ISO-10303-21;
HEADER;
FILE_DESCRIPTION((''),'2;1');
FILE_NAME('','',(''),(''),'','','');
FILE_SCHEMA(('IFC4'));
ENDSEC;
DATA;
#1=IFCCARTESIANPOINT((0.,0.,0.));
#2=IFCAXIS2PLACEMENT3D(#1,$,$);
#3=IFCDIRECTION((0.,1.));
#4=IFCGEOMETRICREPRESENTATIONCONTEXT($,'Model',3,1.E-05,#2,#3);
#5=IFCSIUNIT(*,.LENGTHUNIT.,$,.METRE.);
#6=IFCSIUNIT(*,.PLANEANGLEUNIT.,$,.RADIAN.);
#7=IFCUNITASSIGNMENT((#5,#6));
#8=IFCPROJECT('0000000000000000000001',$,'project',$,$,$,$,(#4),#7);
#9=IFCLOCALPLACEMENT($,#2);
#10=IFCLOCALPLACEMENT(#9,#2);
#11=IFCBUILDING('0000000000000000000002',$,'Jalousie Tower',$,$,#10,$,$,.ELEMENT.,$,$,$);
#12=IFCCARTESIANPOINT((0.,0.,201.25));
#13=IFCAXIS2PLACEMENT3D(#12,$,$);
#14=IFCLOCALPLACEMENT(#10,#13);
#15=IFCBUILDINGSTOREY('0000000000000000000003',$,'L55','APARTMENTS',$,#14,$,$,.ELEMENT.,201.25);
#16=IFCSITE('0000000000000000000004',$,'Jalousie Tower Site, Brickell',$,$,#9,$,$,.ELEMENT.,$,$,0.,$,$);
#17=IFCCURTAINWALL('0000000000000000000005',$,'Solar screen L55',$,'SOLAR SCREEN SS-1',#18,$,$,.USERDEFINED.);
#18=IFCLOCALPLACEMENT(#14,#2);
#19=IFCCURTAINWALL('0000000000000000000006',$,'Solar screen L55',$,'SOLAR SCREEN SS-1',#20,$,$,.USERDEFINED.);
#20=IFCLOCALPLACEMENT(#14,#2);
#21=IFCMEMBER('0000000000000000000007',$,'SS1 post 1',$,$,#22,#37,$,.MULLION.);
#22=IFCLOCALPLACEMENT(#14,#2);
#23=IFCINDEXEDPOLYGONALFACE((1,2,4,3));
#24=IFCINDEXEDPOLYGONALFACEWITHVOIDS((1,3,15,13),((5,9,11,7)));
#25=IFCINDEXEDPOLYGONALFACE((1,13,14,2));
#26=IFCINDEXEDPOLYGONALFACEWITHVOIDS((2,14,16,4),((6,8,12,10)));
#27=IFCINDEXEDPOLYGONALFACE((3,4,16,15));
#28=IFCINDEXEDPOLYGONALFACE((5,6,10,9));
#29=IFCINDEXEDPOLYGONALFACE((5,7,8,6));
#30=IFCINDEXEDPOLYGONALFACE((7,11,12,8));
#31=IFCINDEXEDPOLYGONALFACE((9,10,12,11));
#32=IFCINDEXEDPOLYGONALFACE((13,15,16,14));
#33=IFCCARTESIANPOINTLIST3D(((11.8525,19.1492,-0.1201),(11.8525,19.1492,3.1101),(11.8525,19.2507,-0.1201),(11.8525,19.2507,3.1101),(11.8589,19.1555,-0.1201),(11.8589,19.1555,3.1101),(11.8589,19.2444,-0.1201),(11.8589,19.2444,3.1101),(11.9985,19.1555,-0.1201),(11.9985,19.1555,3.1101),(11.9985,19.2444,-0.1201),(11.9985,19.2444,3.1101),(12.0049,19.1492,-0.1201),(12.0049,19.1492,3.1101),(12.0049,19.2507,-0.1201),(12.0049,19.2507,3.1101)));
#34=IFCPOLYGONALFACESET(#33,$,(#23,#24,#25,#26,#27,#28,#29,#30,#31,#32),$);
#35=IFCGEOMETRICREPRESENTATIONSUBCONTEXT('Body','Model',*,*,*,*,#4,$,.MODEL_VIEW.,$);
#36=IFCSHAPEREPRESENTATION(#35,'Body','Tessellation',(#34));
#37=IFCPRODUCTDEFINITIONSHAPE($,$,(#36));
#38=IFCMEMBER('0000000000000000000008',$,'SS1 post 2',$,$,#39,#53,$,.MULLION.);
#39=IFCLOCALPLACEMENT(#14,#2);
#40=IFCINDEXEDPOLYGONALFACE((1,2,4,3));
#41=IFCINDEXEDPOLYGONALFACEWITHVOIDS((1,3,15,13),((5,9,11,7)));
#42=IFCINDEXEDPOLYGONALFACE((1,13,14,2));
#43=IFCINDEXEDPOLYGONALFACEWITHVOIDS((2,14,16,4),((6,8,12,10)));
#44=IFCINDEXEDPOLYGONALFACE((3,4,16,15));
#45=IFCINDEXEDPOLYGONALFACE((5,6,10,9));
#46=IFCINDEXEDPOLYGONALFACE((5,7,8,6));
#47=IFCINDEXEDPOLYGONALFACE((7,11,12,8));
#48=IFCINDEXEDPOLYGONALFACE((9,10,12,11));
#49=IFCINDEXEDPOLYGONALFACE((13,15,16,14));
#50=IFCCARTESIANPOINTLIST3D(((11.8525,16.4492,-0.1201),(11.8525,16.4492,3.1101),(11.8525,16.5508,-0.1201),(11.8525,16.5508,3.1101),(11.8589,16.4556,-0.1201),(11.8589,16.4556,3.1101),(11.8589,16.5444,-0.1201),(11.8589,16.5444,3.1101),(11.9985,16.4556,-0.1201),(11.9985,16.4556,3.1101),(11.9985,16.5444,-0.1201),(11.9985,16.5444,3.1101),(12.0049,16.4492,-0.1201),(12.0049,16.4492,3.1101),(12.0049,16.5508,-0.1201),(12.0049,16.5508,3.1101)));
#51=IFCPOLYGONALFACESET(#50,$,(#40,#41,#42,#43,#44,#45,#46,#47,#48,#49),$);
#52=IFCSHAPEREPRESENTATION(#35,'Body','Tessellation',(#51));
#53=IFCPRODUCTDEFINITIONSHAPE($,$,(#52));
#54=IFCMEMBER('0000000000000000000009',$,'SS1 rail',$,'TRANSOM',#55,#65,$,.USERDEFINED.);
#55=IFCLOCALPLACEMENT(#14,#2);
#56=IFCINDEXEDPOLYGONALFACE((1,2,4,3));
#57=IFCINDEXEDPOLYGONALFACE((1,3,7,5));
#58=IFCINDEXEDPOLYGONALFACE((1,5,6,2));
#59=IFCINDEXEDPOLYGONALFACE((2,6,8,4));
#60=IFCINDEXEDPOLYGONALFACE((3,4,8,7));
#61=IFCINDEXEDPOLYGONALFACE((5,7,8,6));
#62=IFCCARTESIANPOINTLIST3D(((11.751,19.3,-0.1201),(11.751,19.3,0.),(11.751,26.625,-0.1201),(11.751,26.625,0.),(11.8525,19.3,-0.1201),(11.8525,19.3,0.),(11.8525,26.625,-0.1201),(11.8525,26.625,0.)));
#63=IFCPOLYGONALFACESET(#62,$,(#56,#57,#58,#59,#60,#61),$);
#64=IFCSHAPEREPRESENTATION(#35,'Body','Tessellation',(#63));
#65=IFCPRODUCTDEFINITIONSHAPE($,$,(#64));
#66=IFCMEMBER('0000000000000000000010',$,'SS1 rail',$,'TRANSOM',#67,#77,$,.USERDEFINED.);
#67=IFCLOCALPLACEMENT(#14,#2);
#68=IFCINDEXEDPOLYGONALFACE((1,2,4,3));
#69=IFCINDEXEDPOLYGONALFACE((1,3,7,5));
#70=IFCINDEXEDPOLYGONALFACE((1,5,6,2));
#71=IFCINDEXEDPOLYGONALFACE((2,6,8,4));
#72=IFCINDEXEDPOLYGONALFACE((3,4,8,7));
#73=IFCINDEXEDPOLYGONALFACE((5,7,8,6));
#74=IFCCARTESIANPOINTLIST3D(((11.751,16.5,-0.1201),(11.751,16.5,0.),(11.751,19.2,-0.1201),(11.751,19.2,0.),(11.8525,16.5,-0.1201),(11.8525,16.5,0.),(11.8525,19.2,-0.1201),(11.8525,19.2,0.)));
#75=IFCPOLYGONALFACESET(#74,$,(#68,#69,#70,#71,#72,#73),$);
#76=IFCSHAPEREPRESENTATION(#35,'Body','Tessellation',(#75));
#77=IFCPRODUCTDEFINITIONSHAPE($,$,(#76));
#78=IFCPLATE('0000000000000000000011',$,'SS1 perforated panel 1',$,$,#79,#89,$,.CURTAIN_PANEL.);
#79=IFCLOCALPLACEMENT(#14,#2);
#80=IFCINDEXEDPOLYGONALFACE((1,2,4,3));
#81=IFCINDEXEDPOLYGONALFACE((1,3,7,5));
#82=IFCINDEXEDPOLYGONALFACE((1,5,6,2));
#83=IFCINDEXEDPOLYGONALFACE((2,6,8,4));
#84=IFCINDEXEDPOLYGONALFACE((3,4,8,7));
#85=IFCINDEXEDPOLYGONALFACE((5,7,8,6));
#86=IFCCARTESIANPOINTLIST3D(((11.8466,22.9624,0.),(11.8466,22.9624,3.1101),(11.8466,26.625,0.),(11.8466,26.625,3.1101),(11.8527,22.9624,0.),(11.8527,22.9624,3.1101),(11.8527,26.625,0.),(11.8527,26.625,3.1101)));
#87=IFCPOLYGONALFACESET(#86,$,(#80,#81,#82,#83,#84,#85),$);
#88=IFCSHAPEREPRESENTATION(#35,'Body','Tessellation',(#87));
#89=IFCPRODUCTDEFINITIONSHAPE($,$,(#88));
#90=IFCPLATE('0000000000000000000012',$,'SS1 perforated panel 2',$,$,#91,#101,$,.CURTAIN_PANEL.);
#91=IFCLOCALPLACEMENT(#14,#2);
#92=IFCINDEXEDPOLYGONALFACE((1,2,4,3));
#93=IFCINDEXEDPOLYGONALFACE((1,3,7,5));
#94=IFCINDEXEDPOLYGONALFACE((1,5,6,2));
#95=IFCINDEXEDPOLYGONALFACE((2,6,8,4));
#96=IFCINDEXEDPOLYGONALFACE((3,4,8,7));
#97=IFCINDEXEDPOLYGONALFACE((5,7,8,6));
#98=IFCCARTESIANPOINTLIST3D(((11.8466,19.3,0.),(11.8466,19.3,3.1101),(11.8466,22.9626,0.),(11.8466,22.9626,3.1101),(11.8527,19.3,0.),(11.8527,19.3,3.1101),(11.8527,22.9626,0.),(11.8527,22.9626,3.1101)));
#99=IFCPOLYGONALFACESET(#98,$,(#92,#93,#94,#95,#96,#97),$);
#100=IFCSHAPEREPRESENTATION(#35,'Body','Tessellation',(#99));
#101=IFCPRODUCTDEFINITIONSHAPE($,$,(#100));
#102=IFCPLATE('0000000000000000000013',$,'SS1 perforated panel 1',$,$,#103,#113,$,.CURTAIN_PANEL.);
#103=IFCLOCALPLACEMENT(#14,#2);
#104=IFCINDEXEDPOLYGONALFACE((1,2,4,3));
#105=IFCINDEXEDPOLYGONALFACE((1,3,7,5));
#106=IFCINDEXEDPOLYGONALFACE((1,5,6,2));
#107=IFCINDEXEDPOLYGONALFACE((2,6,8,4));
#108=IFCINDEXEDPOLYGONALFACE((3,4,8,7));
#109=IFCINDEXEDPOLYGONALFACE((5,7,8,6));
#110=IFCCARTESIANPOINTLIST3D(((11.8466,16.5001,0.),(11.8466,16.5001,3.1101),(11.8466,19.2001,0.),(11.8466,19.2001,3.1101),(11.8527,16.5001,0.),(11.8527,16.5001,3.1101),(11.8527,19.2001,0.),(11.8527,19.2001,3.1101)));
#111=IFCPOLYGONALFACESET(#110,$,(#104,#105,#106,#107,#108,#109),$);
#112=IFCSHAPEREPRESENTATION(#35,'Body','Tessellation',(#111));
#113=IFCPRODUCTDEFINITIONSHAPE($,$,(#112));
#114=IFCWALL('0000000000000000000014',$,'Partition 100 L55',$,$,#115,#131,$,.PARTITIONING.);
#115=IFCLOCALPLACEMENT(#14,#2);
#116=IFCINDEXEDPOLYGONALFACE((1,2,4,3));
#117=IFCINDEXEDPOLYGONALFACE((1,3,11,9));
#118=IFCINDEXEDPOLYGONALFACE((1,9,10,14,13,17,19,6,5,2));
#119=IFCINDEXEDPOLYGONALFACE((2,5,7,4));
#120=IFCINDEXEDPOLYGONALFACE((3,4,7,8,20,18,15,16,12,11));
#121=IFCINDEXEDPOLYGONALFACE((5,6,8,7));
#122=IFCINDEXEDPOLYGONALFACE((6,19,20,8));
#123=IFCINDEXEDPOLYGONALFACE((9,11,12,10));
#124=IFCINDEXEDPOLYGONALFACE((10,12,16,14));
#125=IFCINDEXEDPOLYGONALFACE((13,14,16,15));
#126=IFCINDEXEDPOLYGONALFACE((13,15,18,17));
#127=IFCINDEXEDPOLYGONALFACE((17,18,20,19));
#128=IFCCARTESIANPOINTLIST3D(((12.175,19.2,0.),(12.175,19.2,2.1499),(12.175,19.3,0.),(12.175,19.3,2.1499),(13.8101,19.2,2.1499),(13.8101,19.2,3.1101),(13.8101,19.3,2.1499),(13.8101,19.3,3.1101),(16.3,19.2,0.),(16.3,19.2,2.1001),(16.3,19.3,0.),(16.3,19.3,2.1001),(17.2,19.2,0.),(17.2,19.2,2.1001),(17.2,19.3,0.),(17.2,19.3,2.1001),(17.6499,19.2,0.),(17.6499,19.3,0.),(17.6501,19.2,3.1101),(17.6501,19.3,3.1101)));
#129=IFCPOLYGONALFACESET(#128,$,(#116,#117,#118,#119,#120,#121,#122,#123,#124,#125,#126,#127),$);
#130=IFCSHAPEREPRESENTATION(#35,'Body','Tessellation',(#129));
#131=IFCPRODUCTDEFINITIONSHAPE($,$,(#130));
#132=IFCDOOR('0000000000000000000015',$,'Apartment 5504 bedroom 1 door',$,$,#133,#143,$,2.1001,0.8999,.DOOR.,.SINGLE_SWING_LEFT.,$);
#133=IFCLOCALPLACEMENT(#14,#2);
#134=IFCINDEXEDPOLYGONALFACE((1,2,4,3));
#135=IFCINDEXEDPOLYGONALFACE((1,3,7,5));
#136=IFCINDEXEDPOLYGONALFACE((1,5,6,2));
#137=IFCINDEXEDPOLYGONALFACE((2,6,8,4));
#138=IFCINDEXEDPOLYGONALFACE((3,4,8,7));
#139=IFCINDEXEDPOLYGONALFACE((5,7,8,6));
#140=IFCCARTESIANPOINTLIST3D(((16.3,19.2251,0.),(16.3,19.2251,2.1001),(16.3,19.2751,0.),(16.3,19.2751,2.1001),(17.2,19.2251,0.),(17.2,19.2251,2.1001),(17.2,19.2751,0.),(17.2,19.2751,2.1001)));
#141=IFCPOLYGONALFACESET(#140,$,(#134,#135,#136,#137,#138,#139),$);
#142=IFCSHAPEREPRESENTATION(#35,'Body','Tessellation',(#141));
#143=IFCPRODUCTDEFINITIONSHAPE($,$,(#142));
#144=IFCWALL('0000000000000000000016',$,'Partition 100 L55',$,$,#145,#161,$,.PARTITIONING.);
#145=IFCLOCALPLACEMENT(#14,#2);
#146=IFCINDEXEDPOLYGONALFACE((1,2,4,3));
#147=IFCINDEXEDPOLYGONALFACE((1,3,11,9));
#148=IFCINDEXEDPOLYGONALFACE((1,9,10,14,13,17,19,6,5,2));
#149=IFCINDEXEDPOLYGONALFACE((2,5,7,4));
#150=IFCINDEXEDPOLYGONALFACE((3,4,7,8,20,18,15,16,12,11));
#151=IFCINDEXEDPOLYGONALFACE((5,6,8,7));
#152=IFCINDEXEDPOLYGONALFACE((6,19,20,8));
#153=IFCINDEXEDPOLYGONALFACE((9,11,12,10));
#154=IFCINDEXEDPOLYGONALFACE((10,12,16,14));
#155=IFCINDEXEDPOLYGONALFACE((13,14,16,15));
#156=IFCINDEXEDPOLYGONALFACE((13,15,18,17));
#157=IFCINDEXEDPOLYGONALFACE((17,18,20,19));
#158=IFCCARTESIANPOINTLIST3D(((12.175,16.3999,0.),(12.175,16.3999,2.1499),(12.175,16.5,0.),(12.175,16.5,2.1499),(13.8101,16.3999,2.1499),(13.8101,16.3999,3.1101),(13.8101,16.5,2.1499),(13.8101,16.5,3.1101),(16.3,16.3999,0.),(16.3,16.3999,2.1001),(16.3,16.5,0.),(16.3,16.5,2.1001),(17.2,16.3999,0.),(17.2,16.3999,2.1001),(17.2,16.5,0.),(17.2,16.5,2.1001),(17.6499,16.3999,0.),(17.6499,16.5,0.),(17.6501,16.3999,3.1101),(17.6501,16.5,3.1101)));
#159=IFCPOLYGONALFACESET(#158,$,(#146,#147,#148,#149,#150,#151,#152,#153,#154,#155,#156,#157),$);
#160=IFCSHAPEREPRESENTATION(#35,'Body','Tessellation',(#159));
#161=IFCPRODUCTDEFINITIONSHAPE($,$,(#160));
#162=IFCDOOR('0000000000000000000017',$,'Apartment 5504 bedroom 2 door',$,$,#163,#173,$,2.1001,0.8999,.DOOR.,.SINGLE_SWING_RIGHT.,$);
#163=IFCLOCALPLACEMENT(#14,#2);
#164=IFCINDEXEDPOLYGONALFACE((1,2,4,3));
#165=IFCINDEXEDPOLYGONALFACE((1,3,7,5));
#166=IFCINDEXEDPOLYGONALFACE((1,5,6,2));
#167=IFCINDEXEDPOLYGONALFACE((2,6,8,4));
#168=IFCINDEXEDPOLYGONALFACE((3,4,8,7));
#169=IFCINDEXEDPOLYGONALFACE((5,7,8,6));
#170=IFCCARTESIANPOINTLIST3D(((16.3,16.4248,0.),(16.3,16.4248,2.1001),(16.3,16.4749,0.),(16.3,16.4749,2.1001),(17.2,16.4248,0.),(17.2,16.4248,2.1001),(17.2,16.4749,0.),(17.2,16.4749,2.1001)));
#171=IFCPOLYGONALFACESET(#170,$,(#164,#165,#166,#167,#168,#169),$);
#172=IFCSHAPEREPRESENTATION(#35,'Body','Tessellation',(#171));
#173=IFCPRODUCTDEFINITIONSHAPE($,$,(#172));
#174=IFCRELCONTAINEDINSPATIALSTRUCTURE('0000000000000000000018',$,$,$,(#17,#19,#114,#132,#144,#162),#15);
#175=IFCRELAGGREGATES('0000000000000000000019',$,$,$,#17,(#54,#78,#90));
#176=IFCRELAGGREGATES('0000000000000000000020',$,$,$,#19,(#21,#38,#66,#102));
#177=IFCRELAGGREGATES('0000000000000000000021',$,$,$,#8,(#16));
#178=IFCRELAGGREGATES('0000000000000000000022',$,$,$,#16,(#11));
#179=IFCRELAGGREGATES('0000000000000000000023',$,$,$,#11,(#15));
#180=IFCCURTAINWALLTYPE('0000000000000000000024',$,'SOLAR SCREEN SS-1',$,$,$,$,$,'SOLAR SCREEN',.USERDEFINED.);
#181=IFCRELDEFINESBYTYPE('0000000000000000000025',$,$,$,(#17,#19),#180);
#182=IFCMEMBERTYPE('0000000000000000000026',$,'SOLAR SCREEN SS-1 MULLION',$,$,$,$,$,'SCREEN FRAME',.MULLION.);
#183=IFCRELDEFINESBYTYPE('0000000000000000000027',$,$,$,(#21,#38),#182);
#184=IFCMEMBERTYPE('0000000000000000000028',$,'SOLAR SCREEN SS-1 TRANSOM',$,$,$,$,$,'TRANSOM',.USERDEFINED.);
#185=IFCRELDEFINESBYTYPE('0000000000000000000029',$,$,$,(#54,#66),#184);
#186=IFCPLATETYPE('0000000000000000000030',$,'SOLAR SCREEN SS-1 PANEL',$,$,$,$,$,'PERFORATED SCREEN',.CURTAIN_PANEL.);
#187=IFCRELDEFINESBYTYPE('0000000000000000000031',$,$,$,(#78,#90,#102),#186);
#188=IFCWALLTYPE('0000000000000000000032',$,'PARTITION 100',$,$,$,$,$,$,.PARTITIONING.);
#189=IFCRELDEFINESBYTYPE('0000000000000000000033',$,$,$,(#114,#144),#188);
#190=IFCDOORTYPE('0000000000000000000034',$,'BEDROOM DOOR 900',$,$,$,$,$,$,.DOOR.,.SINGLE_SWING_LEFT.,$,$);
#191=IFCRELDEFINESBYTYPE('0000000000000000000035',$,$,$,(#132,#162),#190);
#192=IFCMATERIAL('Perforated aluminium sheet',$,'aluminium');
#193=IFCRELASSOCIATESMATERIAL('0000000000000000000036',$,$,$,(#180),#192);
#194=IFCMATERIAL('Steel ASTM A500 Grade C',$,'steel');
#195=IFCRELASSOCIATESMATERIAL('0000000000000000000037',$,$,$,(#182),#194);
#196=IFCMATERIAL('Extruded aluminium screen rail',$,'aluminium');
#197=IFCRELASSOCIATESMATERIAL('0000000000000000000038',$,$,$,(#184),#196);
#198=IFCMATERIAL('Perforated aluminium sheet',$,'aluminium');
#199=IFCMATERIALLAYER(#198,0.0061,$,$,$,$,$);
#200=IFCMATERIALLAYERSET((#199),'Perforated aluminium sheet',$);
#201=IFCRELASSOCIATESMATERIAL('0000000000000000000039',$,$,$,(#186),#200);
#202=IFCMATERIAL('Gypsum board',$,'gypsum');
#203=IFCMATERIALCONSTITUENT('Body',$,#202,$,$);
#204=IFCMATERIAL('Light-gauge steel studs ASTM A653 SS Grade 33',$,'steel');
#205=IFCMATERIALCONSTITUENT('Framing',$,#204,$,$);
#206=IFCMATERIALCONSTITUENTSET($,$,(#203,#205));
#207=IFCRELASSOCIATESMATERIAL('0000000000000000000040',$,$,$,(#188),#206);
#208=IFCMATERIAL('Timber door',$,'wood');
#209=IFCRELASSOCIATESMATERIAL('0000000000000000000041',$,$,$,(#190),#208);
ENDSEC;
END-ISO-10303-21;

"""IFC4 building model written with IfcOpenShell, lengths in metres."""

from ifc_helpers import new_model, si_unit, direction, frame, frame_2d, origin, origin_2d, place, context, subcontext, project, spatial, polyline, rectangle, hollow_rectangle, outline, extrude, material, layer, layer_set, constituent, constituent_set, material_profile, profile_set, type_object, element, fill, aggregate, save


model = new_model("IFC4")

# Units and contexts
model_context = context("Model", 3, precision=1e-05, world=origin(), true_north=direction((0.0, 1.0)))
body_context = subcontext(model_context, "Body", "Model", "MODEL_VIEW")
ifc_project = project(units=[si_unit("LENGTHUNIT", "METRE"), si_unit("PLANEANGLEUNIT", "RADIAN")], contexts=[model_context])

# Site, building, storey
site_placement = place(None, origin())
site = spatial("IfcSite", under=ifc_project, at=site_placement, Name="Jalousie Tower Site, Brickell", CompositionType="ELEMENT", RefElevation=0.0)
building_placement = place(site_placement, origin())
building = spatial("IfcBuilding", under=site, at=building_placement, Name="Jalousie Tower", CompositionType="ELEMENT")
storey_placement = place(building_placement, frame((0.0, 0.0, 201.25)))
storey = spatial("IfcBuildingStorey", under=building, at=storey_placement, Name="L55", Description="APARTMENTS", CompositionType="ELEMENT", Elevation=201.25)

# Curtain walls, members
ifc_material_1 = material(Name="Perforated aluminium sheet", Category="aluminium")
curtain_wall_type = type_object("IfcCurtainWallType", Name="SOLAR SCREEN SS-1", ElementType="SOLAR SCREEN", PredefinedType="USERDEFINED", material=ifc_material_1)
curtain_wall_1_placement = place(storey_placement, origin())
curtain_wall_1 = element("IfcCurtainWall", 1, at=curtain_wall_1_placement, inside=storey, type_object=curtain_wall_type, Name="Solar screen L55", ObjectType="SOLAR SCREEN SS-1", PredefinedType="USERDEFINED")
ifc_material_2 = material(Name="Steel ASTM A500 Grade C", Category="steel")
ifc_material_profile_1 = material_profile(ifc_material_2, hollow_rectangle(XDim=0.1016, YDim=0.1523, WallThickness=0.0063, at=origin_2d()), Name="HSS6X4X1/4")
ifc_profile_set_1 = profile_set([ifc_material_profile_1], Name="Steel ASTM A500 Grade C")
member_type_1 = type_object("IfcMemberType", Name="SOLAR SCREEN SS-1 MULLION", ElementType="SCREEN FRAME", PredefinedType="MULLION", material=ifc_profile_set_1)
curtain_wall_2_placement = place(storey_placement, origin())
curtain_wall_2 = element("IfcCurtainWall", 2, at=curtain_wall_2_placement, inside=storey, type_object=curtain_wall_type, Name="Solar screen L55", ObjectType="SOLAR SCREEN SS-1", PredefinedType="USERDEFINED")
member_1_placement = place(storey_placement, frame((11.9287, 19.2, -0.1201), z_axis=(0.0, 0.0, 1.0), x_axis=(0.0, -1.0, 0.0)))
member_1 = element("IfcMember", 3, at=member_1_placement, type_object=member_type_1, Name="SS1 post 1", PredefinedType="MULLION", context=body_context, shape_type="SweptSolid", body=[
    extrude(hollow_rectangle(XDim=0.1016, YDim=0.1523, WallThickness=0.0063, at=origin_2d()), origin(), (0.0, 0.0, 1.0), 3.2302),
])
member_2_placement = place(storey_placement, frame((11.9287, 16.5, -0.1201), z_axis=(0.0, 0.0, 1.0), x_axis=(0.0, -1.0, 0.0)))
member_2 = element("IfcMember", 4, at=member_2_placement, type_object=member_type_1, Name="SS1 post 2", PredefinedType="MULLION", context=body_context, shape_type="SweptSolid", body=[
    extrude(hollow_rectangle(XDim=0.1016, YDim=0.1523, WallThickness=0.0063, at=origin_2d()), origin(), (0.0, 0.0, 1.0), 3.2302),
])

# Members
ifc_material_3 = material(Name="Extruded aluminium screen rail", Category="aluminium")
ifc_material_profile_2 = material_profile(ifc_material_3, rectangle(XDim=0.1016, YDim=0.1201, at=origin_2d()), Name="RAIL 102x120")
ifc_profile_set_2 = profile_set([ifc_material_profile_2], Name="Extruded aluminium screen rail")
member_type_2 = type_object("IfcMemberType", Name="SOLAR SCREEN SS-1 TRANSOM", ElementType="TRANSOM", PredefinedType="USERDEFINED", material=ifc_profile_set_2)
member_3_placement = place(storey_placement, frame((11.8018, 26.625, -0.0601), z_axis=(0.0, -1.0, 0.0), x_axis=(1.0, 0.0, 0.0)))
member_3 = element("IfcMember", 5, at=member_3_placement, type_object=member_type_2, Name="SS1 rail", ObjectType="TRANSOM", PredefinedType="USERDEFINED", context=body_context, shape_type="SweptSolid", body=[
    extrude(rectangle(XDim=0.1016, YDim=0.1201, at=origin_2d()), origin(), (0.0, 0.0, 1.0), 7.325),
])
member_4_placement = place(storey_placement, frame((11.8018, 19.2, -0.0601), z_axis=(0.0, -1.0, 0.0), x_axis=(1.0, 0.0, 0.0)))
member_4 = element("IfcMember", 6, at=member_4_placement, type_object=member_type_2, Name="SS1 rail", ObjectType="TRANSOM", PredefinedType="USERDEFINED", context=body_context, shape_type="SweptSolid", body=[
    extrude(rectangle(XDim=0.1016, YDim=0.1201, at=origin_2d()), origin(), (0.0, 0.0, 1.0), 2.7),
])

# Plates
ifc_material_4 = material(Name="Perforated aluminium sheet", Category="aluminium")
ifc_layer = layer(ifc_material_4, 0.0061)
ifc_layer_set = layer_set([ifc_layer], Name="Perforated aluminium sheet")
plate_type = type_object("IfcPlateType", Name="SOLAR SCREEN SS-1 PANEL", ElementType="PERFORATED SCREEN", PredefinedType="CURTAIN_PANEL", material=ifc_layer_set)
plate_1_placement = place(storey_placement, frame((11.8496, 24.7937, 0.0), z_axis=(0.0, 0.0, 1.0), x_axis=(0.0, -1.0, 0.0)))
plate_1 = element("IfcPlate", 7, at=plate_1_placement, type_object=plate_type, Name="SS1 perforated panel 1", PredefinedType="CURTAIN_PANEL", context=body_context, shape_type="SweptSolid", body=[
    extrude(rectangle(XDim=3.6626, YDim=0.0061, at=origin_2d()), origin(), (0.0, 0.0, 1.0), 3.1101),
])
plate_2_placement = place(storey_placement, frame((11.8496, 21.1313, 0.0), z_axis=(0.0, 0.0, 1.0), x_axis=(0.0, -1.0, 0.0)))
plate_2 = element("IfcPlate", 8, at=plate_2_placement, type_object=plate_type, Name="SS1 perforated panel 2", PredefinedType="CURTAIN_PANEL", context=body_context, shape_type="SweptSolid", body=[
    extrude(rectangle(XDim=3.6626, YDim=0.0061, at=origin_2d()), origin(), (0.0, 0.0, 1.0), 3.1101),
])
aggregate(curtain_wall_1, [member_3, plate_1, plate_2])
plate_3_placement = place(storey_placement, frame((11.8496, 17.8501, 0.0), z_axis=(0.0, 0.0, 1.0), x_axis=(0.0, -1.0, 0.0)))
plate_3 = element("IfcPlate", 9, at=plate_3_placement, type_object=plate_type, Name="SS1 perforated panel 1", PredefinedType="CURTAIN_PANEL", context=body_context, shape_type="SweptSolid", body=[
    extrude(rectangle(XDim=2.7, YDim=0.0061, at=origin_2d()), origin(), (0.0, 0.0, 1.0), 3.1101),
])
aggregate(curtain_wall_2, [member_1, member_2, member_4, plate_3])

# Walls, openings, doors
ifc_material_5 = material(Name="Gypsum board", Category="gypsum")
ifc_constituent_1 = constituent(ifc_material_5, Name="Body")
ifc_material_6 = material(Name="Light-gauge steel studs ASTM A653 SS Grade 33", Category="steel")
ifc_constituent_2 = constituent(ifc_material_6, Name="Framing")
ifc_constituent_set_1 = constituent_set(constituents=[ifc_constituent_1, ifc_constituent_2])
wall_type_1 = type_object("IfcWallType", Name="PARTITION 100", PredefinedType="PARTITIONING", material=ifc_constituent_set_1)
wall_1_placement = place(storey_placement, frame((12.175, 19.25, 0.0), z_axis=(0.0, 0.0, 1.0), x_axis=(1.0, 0.0, 0.0)))
wall_1 = element("IfcWall", 10, at=wall_1_placement, inside=storey, type_object=wall_type_1, Name="Partition 100 L55", PredefinedType="PARTITIONING", context=body_context, shape_type="SweptSolid", body=[
    extrude(outline(polyline([(0.0, 0.0), (5.4749, 0.0), (5.4751, 3.1101), (1.635, 3.1101), (1.635, 2.1499), (0.0, 2.1499), (0.0, 3.1101), (0.0, 0.0)])), frame((0.0, 0.05, 0.0), z_axis=(0.0, -1.0, 0.0), x_axis=(1.0, 0.0, 0.0)), (0.0, 0.0, 1.0), 0.1001),
])
opening_1_placement = place(wall_1_placement, frame((4.125, 0.0, 0.0)))
opening_1 = element("IfcOpeningElement", 11, at=opening_1_placement, cuts=wall_1, PredefinedType="OPENING", context=body_context, shape_type="SweptSolid", body=[
    extrude(rectangle(XDim=0.8999, YDim=2.1001, at=frame_2d((0.45, 1.05))), frame((0.0, 0.0601, 0.0), z_axis=(0.0, -1.0, 0.0), x_axis=(1.0, 0.0, 0.0)), (0.0, 0.0, 1.0), 0.1201),
])
ifc_material_7 = material(Name="Timber door", Category="wood")
door_type = type_object("IfcDoorType", Name="BEDROOM DOOR 900", OperationType="SINGLE_SWING_LEFT", PredefinedType="DOOR", material=ifc_material_7)
door_1_placement = place(opening_1_placement, frame((0.8999, 0.0, 0.0), z_axis=(0.0, 0.0, 1.0), x_axis=(-1.0, 0.0, 0.0)))
door_1 = element("IfcDoor", 12, at=door_1_placement, inside=storey, type_object=door_type, Name="Apartment 5504 bedroom 1 door", OperationType="SINGLE_SWING_LEFT", OverallHeight=2.1001, OverallWidth=0.8999, PredefinedType="DOOR", context=body_context, shape_type="SweptSolid", body=[
    extrude(rectangle(XDim=0.8999, YDim=2.1001, at=frame_2d((0.45, 1.05))), frame((0.0, 0.0249, 0.0), z_axis=(0.0, -1.0, 0.0), x_axis=(1.0, 0.0, 0.0)), (0.0, 0.0, 1.0), 0.05),
])
fill(opening_1, door_1)
wall_2_placement = place(storey_placement, frame((12.175, 16.45, 0.0), z_axis=(0.0, 0.0, 1.0), x_axis=(1.0, 0.0, 0.0)))
wall_2 = element("IfcWall", 13, at=wall_2_placement, inside=storey, type_object=wall_type_1, Name="Partition 100 L55", PredefinedType="PARTITIONING", context=body_context, shape_type="SweptSolid", body=[
    extrude(outline(polyline([(0.0, 0.0), (5.4749, 0.0), (5.4751, 3.1101), (1.635, 3.1101), (1.635, 2.1499), (0.0, 2.1499), (0.0, 3.1101), (0.0, 0.0)])), frame((0.0, 0.05, 0.0), z_axis=(0.0, -1.0, 0.0), x_axis=(1.0, 0.0, 0.0)), (0.0, 0.0, 1.0), 0.1001),
])
opening_2_placement = place(wall_2_placement, frame((4.125, 0.0, 0.0)))
opening_2 = element("IfcOpeningElement", 14, at=opening_2_placement, cuts=wall_2, PredefinedType="OPENING", context=body_context, shape_type="SweptSolid", body=[
    extrude(rectangle(XDim=0.8999, YDim=2.1001, at=frame_2d((0.45, 1.05))), frame((0.0, 0.0601, 0.0), z_axis=(0.0, -1.0, 0.0), x_axis=(1.0, 0.0, 0.0)), (0.0, 0.0, 1.0), 0.1201),
])
door_2_placement = place(opening_2_placement, origin())
door_2 = element("IfcDoor", 15, at=door_2_placement, inside=storey, type_object=door_type, Name="Apartment 5504 bedroom 2 door", OperationType="SINGLE_SWING_RIGHT", OverallHeight=2.1001, OverallWidth=0.8999, PredefinedType="DOOR", context=body_context, shape_type="SweptSolid", body=[
    extrude(rectangle(XDim=0.8999, YDim=2.1001, at=frame_2d((0.45, 1.05))), frame((0.0, 0.0249, 0.0), z_axis=(0.0, -1.0, 0.0), x_axis=(1.0, 0.0, 0.0)), (0.0, 0.0, 1.0), 0.05),
])
fill(opening_2, door_2)

save(model, "model.ifc")
